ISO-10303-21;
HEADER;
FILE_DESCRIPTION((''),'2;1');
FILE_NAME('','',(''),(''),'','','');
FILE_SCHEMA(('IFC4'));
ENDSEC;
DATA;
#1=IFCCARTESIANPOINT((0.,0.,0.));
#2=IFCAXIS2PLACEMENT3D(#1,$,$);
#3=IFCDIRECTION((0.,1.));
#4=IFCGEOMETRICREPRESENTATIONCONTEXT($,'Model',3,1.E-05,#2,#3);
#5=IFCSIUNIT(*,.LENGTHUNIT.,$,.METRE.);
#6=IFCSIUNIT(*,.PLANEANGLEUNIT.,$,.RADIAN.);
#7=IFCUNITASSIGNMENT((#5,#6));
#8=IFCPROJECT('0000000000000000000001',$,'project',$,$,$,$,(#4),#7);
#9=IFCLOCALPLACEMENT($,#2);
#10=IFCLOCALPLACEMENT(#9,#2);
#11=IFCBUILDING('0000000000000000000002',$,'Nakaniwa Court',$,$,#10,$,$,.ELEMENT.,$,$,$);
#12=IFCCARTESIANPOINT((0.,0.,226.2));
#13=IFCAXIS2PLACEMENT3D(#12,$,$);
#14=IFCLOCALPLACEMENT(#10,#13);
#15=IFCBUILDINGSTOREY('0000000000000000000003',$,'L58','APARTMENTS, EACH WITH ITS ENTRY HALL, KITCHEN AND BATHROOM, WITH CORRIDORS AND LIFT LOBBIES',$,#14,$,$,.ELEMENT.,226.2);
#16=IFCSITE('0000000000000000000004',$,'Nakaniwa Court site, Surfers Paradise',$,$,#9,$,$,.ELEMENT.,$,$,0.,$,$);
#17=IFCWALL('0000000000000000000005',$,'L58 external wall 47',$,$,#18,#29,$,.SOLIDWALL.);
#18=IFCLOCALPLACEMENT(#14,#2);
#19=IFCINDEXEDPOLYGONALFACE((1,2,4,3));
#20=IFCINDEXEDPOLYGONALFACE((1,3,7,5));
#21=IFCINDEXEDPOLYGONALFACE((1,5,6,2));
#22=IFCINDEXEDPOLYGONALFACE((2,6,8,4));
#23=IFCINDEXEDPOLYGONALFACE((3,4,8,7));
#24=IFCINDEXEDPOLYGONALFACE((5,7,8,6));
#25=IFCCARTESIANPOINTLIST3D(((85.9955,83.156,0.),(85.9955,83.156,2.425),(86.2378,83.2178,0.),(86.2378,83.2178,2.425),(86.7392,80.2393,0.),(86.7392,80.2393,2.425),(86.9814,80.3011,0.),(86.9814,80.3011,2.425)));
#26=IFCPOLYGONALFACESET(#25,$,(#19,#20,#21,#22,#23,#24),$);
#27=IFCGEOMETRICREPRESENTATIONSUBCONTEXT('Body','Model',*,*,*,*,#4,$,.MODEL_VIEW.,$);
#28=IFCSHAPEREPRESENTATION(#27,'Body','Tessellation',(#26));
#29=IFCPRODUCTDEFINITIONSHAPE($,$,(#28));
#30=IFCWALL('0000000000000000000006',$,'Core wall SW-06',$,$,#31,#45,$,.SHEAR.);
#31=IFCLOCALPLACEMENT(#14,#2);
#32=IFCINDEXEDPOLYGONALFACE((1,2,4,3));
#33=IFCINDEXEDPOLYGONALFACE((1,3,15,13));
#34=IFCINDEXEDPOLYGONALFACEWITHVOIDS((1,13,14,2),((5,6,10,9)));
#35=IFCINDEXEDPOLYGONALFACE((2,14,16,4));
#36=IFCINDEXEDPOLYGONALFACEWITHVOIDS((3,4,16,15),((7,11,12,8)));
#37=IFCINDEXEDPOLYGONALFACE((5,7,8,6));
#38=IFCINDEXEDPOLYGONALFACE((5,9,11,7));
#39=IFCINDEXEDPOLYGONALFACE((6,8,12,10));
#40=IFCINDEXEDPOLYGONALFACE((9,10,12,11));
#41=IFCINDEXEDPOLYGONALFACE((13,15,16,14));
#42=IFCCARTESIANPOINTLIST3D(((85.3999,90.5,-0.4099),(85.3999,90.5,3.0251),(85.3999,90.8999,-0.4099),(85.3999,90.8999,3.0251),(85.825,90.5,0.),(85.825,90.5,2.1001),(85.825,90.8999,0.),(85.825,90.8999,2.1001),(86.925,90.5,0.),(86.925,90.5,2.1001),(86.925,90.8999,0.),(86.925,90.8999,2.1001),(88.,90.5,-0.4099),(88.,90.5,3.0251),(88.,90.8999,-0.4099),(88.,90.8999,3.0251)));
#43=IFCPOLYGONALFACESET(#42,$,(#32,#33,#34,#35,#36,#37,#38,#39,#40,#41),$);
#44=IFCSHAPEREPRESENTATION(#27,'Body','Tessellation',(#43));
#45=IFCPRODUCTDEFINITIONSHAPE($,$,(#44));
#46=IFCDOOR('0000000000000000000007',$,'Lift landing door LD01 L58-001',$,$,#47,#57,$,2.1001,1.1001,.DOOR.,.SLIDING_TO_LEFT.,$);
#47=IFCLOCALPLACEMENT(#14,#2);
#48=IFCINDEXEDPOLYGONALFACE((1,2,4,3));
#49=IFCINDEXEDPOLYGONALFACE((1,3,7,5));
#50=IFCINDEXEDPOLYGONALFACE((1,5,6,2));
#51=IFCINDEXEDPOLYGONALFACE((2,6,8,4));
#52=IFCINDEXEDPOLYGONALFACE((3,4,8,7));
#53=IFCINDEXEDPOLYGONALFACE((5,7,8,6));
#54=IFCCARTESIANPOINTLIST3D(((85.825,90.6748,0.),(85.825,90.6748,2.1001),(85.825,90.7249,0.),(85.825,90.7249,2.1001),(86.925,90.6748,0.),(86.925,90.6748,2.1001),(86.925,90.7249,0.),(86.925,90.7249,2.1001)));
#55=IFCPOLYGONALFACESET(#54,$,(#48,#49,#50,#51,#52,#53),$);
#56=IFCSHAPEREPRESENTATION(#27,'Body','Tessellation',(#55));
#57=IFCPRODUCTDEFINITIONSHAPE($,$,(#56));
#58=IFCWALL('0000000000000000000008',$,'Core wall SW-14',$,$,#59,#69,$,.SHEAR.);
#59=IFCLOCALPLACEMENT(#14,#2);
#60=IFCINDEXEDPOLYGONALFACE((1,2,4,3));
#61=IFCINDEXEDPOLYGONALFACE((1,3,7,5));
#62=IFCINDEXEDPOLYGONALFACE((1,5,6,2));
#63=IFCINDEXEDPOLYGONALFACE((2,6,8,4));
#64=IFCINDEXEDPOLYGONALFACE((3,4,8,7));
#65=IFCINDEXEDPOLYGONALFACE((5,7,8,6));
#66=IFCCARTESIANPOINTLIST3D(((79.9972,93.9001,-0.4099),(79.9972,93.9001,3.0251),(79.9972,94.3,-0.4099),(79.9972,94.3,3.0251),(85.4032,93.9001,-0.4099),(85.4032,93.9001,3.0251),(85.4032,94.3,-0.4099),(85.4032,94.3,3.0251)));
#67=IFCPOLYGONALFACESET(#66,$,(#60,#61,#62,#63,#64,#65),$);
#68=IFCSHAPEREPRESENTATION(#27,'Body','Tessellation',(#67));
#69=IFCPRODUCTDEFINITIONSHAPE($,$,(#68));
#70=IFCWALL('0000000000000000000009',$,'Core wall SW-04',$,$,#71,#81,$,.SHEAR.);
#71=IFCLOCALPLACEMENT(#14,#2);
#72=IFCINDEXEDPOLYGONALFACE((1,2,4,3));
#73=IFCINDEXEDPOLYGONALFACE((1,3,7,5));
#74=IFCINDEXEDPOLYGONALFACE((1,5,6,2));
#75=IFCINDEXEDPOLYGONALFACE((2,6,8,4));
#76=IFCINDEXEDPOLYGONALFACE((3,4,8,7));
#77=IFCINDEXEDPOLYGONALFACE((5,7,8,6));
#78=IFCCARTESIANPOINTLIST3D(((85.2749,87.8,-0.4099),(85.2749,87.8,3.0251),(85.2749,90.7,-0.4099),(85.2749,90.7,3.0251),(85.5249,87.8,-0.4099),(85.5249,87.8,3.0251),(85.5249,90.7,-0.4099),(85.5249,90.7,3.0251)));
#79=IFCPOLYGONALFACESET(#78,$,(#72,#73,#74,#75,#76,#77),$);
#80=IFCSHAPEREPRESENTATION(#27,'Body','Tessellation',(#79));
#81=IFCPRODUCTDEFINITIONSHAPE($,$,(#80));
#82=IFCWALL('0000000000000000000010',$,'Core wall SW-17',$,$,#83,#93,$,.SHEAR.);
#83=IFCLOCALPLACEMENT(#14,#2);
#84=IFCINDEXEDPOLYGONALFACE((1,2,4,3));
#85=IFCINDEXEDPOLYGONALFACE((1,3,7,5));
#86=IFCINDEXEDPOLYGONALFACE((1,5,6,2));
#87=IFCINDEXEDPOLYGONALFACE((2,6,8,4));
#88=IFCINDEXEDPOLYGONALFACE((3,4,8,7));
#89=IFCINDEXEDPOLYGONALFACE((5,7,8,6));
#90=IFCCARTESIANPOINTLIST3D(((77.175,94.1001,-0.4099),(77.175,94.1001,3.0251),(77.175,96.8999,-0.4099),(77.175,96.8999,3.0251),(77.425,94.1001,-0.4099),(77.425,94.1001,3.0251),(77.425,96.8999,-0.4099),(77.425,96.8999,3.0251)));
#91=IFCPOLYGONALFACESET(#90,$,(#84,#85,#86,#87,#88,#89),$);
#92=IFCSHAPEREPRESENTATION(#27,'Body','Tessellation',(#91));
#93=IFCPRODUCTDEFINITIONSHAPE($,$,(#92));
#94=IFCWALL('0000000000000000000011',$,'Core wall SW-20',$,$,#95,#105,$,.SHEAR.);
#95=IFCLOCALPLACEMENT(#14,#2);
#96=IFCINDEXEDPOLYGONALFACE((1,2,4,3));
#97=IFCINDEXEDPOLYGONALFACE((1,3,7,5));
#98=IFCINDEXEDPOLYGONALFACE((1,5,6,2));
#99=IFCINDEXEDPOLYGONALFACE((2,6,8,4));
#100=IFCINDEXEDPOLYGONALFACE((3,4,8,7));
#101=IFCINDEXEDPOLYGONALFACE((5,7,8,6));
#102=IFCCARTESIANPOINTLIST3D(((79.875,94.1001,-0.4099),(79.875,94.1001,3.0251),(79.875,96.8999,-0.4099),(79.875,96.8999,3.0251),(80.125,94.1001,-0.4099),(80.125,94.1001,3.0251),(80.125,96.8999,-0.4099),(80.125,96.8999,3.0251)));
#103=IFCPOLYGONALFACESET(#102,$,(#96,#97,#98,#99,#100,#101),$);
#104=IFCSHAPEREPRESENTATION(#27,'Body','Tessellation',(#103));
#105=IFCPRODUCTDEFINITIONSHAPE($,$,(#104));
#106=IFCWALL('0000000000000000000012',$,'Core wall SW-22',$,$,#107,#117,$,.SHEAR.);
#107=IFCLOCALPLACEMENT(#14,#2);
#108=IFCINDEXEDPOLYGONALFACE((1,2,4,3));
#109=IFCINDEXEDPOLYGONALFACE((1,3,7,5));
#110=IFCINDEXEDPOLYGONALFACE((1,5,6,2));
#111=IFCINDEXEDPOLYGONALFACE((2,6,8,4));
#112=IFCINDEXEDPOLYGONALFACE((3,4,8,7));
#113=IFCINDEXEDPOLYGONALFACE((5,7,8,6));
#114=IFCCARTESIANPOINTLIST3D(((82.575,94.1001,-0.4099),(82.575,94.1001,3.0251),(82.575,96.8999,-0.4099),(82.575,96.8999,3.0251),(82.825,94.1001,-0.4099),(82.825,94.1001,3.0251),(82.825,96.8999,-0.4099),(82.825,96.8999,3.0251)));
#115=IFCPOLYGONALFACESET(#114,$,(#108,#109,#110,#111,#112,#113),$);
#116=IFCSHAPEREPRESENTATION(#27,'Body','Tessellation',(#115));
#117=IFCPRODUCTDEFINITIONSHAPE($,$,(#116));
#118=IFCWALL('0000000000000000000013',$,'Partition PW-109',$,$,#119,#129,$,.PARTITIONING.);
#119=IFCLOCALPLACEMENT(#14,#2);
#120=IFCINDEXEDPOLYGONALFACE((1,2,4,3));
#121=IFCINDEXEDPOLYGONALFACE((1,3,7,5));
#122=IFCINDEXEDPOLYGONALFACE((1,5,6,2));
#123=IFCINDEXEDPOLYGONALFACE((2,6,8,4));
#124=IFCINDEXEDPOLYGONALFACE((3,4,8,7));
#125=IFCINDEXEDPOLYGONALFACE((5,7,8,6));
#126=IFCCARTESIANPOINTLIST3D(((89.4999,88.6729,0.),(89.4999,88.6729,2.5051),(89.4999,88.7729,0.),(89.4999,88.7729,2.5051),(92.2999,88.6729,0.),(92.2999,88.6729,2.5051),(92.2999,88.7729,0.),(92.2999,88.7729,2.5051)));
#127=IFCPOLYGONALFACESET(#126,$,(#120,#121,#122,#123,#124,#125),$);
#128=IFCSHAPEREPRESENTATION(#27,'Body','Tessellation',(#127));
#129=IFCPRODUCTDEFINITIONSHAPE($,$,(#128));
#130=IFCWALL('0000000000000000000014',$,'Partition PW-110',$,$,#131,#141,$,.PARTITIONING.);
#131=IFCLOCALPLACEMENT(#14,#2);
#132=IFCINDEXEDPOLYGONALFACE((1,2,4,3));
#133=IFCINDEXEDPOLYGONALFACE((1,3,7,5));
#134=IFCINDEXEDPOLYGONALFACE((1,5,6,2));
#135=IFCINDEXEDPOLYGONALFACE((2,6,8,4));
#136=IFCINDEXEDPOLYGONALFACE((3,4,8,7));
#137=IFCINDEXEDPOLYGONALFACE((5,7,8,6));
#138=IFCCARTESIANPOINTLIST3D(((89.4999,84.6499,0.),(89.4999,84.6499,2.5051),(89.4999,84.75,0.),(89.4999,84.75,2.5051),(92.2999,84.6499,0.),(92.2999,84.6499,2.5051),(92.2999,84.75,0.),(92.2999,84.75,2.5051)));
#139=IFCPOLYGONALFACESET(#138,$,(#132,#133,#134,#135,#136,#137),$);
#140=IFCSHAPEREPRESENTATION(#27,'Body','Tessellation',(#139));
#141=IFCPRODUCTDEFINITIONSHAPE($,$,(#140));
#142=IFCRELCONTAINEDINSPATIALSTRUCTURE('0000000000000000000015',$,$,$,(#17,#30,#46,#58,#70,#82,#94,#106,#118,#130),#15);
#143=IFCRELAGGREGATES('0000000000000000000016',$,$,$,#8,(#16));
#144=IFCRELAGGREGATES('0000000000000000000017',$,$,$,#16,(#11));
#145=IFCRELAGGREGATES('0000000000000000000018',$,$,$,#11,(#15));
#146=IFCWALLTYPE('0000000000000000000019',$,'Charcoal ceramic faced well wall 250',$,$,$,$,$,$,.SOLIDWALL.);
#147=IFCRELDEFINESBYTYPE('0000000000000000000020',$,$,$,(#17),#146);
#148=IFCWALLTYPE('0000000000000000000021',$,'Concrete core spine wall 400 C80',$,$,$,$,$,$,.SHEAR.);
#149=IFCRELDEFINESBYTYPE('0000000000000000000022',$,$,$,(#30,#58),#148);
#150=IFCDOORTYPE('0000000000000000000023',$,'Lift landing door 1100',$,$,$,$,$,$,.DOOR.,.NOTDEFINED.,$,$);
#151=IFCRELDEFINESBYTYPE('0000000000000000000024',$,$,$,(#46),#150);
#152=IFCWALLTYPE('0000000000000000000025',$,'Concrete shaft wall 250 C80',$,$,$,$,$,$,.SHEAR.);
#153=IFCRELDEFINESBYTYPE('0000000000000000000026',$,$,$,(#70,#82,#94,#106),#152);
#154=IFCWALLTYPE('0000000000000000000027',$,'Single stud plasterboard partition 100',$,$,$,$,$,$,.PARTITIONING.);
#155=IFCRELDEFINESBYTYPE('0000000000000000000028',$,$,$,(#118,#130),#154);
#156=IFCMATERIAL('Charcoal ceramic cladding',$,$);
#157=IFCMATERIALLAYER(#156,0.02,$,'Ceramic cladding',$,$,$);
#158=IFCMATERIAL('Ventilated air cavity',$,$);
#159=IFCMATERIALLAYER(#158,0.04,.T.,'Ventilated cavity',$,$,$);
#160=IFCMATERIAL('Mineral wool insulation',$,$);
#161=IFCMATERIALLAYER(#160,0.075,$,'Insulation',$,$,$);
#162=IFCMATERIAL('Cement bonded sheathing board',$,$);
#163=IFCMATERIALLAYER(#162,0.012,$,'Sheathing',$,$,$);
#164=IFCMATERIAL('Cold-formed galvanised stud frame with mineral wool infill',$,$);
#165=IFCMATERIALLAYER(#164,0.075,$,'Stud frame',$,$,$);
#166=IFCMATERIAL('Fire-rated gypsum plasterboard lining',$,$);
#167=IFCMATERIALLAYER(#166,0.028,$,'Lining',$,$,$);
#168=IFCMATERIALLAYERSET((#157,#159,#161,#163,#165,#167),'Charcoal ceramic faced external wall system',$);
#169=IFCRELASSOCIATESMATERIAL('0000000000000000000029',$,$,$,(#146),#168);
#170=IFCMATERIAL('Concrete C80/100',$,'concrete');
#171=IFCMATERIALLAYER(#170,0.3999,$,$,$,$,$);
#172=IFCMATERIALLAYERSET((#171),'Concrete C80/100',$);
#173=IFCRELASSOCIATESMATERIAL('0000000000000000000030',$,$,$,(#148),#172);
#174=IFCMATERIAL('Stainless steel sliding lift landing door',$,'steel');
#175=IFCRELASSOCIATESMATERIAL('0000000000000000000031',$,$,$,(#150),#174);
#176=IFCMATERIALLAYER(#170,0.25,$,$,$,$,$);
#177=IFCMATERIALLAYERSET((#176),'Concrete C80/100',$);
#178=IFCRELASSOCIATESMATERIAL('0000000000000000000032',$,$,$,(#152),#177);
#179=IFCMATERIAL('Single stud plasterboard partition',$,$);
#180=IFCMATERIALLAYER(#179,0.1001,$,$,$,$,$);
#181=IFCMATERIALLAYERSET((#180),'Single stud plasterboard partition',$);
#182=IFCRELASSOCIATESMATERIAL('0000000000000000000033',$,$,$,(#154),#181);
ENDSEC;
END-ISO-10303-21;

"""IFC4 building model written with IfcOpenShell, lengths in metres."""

from ifc_helpers import new_model, si_unit, direction, frame, frame_2d, origin, place, context, subcontext, project, spatial, rectangle, extrude, material, layer, layer_set, type_object, element, fill, save


model = new_model("IFC4")

# Units and contexts
model_context = context("Model", 3, precision=1e-05, world=origin(), true_north=direction((0.0, 1.0)))
body_context = subcontext(model_context, "Body", "Model", "MODEL_VIEW")
ifc_project = project(units=[si_unit("LENGTHUNIT", "METRE"), si_unit("PLANEANGLEUNIT", "RADIAN")], contexts=[model_context])

# Site, building, storey
site_placement = place(None, origin())
site = spatial("IfcSite", under=ifc_project, at=site_placement, Name="Nakaniwa Court site, Surfers Paradise", CompositionType="ELEMENT", RefElevation=0.0)
building_placement = place(site_placement, origin())
building = spatial("IfcBuilding", under=site, at=building_placement, Name="Nakaniwa Court", CompositionType="ELEMENT")
storey_placement = place(building_placement, frame((0.0, 0.0, 226.2)))
storey = spatial("IfcBuildingStorey", under=building, at=storey_placement, Name="L58", Description="APARTMENTS, EACH WITH ITS ENTRY HALL, KITCHEN AND BATHROOM, WITH CORRIDORS AND LIFT LOBBIES", CompositionType="ELEMENT", Elevation=226.2)

# Shared definitions
ifc_material_1 = material(Name="Concrete C80/100", Category="concrete")

# Wall
ifc_material_2 = material(Name="Charcoal ceramic cladding")
ifc_layer_1 = layer(ifc_material_2, 0.02, Name="Ceramic cladding")
ifc_material_3 = material(Name="Ventilated air cavity")
ifc_layer_2 = layer(ifc_material_3, 0.04, ventilated=True, Name="Ventilated cavity")
ifc_material_4 = material(Name="Mineral wool insulation")
ifc_layer_3 = layer(ifc_material_4, 0.075, Name="Insulation")
ifc_material_5 = material(Name="Cement bonded sheathing board")
ifc_layer_4 = layer(ifc_material_5, 0.012, Name="Sheathing")
ifc_material_6 = material(Name="Cold-formed galvanised stud frame with mineral wool infill")
ifc_layer_5 = layer(ifc_material_6, 0.075, Name="Stud frame")
ifc_material_7 = material(Name="Fire-rated gypsum plasterboard lining")
ifc_layer_6 = layer(ifc_material_7, 0.028, Name="Lining")
ifc_layer_set_1 = layer_set([ifc_layer_1, ifc_layer_2, ifc_layer_3, ifc_layer_4, ifc_layer_5, ifc_layer_6], Name="Charcoal ceramic faced external wall system")
wall_type_1 = type_object("IfcWallType", Name="Charcoal ceramic faced well wall 250", PredefinedType="SOLIDWALL", material=ifc_layer_set_1)
wall_1_placement = place(storey_placement, frame((86.1167, 83.1868, 0.0), z_axis=(0.0, 0.0, 1.0), x_axis=(0.247056, -0.969001, 0.0)))
element("IfcWall", 1, at=wall_1_placement, inside=storey, type_object=wall_type_1, Name="L58 external wall 47", PredefinedType="SOLIDWALL", context=body_context, shape_type="SweptSolid", body=[
    extrude(rectangle(XDim=3.01, YDim=0.25, at=frame_2d((1.5049, 0.0))), origin(), (0.0, 0.0, 1.0), 2.425),
])

# Wall, opening, door
ifc_layer_7 = layer(ifc_material_1, 0.3999)
ifc_layer_set_2 = layer_set([ifc_layer_7], Name="Concrete C80/100")
wall_type_2 = type_object("IfcWallType", Name="Concrete core spine wall 400 C80", PredefinedType="SHEAR", material=ifc_layer_set_2)
wall_2_placement = place(storey_placement, frame((85.3999, 90.7, -0.4099), z_axis=(0.0, 0.0, 1.0), x_axis=(1.0, 0.0, 0.0)))
wall_2 = element("IfcWall", 2, at=wall_2_placement, inside=storey, type_object=wall_type_2, Name="Core wall SW-06", PredefinedType="SHEAR", context=body_context, shape_type="SweptSolid", body=[
    extrude(rectangle(XDim=2.6001, YDim=0.3999, at=frame_2d((1.3, 0.0))), origin(), (0.0, 0.0, 1.0), 3.4351),
])
opening_1_placement = place(wall_2_placement, frame((0.425, 0.0, 0.4099)))
opening_1 = element("IfcOpeningElement", 3, at=opening_1_placement, cuts=wall_2, PredefinedType="OPENING", context=body_context, shape_type="SweptSolid", body=[
    extrude(rectangle(XDim=1.1001, YDim=2.1001, at=frame_2d((0.55, 1.05))), frame((0.0, 0.21, 0.0), z_axis=(0.0, -1.0, 0.0), x_axis=(1.0, 0.0, 0.0)), (0.0, 0.0, 1.0), 0.4199),
])
ifc_material_8 = material(Name="Stainless steel sliding lift landing door", Category="steel")
door_type_1 = type_object("IfcDoorType", Name="Lift landing door 1100", OperationType="NOTDEFINED", PredefinedType="DOOR", material=ifc_material_8)
door_1_placement = place(opening_1_placement, origin())
door_1 = element("IfcDoor", 4, at=door_1_placement, inside=storey, type_object=door_type_1, Name="Lift landing door LD01 L58-001", OperationType="SLIDING_TO_LEFT", OverallHeight=2.1001, OverallWidth=1.1001, PredefinedType="DOOR", context=body_context, shape_type="SweptSolid", body=[
    extrude(rectangle(XDim=1.1001, YDim=2.1001, at=frame_2d((0.55, 1.05))), frame((0.0, 0.0249, 0.0), z_axis=(0.0, -1.0, 0.0), x_axis=(1.0, 0.0, 0.0)), (0.0, 0.0, 1.0), 0.05),
])
fill(opening_1, door_1)

# Walls
wall_3_placement = place(storey_placement, frame((79.9971, 94.1001, -0.4099), z_axis=(0.0, 0.0, 1.0), x_axis=(1.0, 0.0, 0.0)))
element("IfcWall", 5, at=wall_3_placement, inside=storey, type_object=wall_type_2, Name="Core wall SW-14", PredefinedType="SHEAR", context=body_context, shape_type="SweptSolid", body=[
    extrude(rectangle(XDim=5.406, YDim=0.3999, at=frame_2d((2.7031, 0.0))), origin(), (0.0, 0.0, 1.0), 3.4351),
])
ifc_layer_8 = layer(ifc_material_1, 0.25)
ifc_layer_set_3 = layer_set([ifc_layer_8], Name="Concrete C80/100")
wall_type_3 = type_object("IfcWallType", Name="Concrete shaft wall 250 C80", PredefinedType="SHEAR", material=ifc_layer_set_3)
wall_4_placement = place(storey_placement, frame((85.3999, 87.8, -0.4099), z_axis=(0.0, 0.0, 1.0), x_axis=(0.0, 1.0, 0.0)))
element("IfcWall", 6, at=wall_4_placement, inside=storey, type_object=wall_type_3, Name="Core wall SW-04", PredefinedType="SHEAR", context=body_context, shape_type="SweptSolid", body=[
    extrude(rectangle(XDim=2.8999, YDim=0.25, at=frame_2d((1.45, 0.0))), origin(), (0.0, 0.0, 1.0), 3.4351),
])
for number, where, z_axis, x_axis, name in (
    (7, (77.3, 94.1001, -0.4099), (0.0, 0.0, 1.0), (0.0, 1.0, 0.0), "Core wall SW-17"),
    (8, (80.0, 94.1001, -0.4099), (0.0, 0.0, 1.0), (0.0, 1.0, 0.0), "Core wall SW-20"),
    (9, (82.7, 94.1001, -0.4099), (0.0, 0.0, 1.0), (0.0, 1.0, 0.0), "Core wall SW-22"),
):
    element("IfcWall", number, at=place(storey_placement, frame(where, z_axis=z_axis, x_axis=x_axis)), inside=storey, type_object=wall_type_3, Name=name, PredefinedType="SHEAR", context=body_context, shape_type="SweptSolid", body=[
        extrude(rectangle(XDim=2.7998, YDim=0.25, at=frame_2d((1.3999, 0.0))), origin(), (0.0, 0.0, 1.0), 3.4351),
    ])
ifc_material_9 = material(Name="Single stud plasterboard partition")
ifc_layer_9 = layer(ifc_material_9, 0.1001)
ifc_layer_set_4 = layer_set([ifc_layer_9], Name="Single stud plasterboard partition")
wall_type_4 = type_object("IfcWallType", Name="Single stud plasterboard partition 100", PredefinedType="PARTITIONING", material=ifc_layer_set_4)
for number, where, z_axis, x_axis, name in (
    (10, (89.5, 88.7229, 0.0), (0.0, 0.0, 1.0), (1.0, 0.0, 0.0), "Partition PW-109"),
    (11, (89.5, 84.7, 0.0), (0.0, 0.0, 1.0), (1.0, 0.0, 0.0), "Partition PW-110"),
):
    element("IfcWall", number, at=place(storey_placement, frame(where, z_axis=z_axis, x_axis=x_axis)), inside=storey, type_object=wall_type_4, Name=name, PredefinedType="PARTITIONING", context=body_context, shape_type="SweptSolid", body=[
        extrude(rectangle(XDim=2.8, YDim=0.1001, at=frame_2d((1.3999, 0.0))), origin(), (0.0, 0.0, 1.0), 2.5051),
    ])

save(model, "model.ifc")
